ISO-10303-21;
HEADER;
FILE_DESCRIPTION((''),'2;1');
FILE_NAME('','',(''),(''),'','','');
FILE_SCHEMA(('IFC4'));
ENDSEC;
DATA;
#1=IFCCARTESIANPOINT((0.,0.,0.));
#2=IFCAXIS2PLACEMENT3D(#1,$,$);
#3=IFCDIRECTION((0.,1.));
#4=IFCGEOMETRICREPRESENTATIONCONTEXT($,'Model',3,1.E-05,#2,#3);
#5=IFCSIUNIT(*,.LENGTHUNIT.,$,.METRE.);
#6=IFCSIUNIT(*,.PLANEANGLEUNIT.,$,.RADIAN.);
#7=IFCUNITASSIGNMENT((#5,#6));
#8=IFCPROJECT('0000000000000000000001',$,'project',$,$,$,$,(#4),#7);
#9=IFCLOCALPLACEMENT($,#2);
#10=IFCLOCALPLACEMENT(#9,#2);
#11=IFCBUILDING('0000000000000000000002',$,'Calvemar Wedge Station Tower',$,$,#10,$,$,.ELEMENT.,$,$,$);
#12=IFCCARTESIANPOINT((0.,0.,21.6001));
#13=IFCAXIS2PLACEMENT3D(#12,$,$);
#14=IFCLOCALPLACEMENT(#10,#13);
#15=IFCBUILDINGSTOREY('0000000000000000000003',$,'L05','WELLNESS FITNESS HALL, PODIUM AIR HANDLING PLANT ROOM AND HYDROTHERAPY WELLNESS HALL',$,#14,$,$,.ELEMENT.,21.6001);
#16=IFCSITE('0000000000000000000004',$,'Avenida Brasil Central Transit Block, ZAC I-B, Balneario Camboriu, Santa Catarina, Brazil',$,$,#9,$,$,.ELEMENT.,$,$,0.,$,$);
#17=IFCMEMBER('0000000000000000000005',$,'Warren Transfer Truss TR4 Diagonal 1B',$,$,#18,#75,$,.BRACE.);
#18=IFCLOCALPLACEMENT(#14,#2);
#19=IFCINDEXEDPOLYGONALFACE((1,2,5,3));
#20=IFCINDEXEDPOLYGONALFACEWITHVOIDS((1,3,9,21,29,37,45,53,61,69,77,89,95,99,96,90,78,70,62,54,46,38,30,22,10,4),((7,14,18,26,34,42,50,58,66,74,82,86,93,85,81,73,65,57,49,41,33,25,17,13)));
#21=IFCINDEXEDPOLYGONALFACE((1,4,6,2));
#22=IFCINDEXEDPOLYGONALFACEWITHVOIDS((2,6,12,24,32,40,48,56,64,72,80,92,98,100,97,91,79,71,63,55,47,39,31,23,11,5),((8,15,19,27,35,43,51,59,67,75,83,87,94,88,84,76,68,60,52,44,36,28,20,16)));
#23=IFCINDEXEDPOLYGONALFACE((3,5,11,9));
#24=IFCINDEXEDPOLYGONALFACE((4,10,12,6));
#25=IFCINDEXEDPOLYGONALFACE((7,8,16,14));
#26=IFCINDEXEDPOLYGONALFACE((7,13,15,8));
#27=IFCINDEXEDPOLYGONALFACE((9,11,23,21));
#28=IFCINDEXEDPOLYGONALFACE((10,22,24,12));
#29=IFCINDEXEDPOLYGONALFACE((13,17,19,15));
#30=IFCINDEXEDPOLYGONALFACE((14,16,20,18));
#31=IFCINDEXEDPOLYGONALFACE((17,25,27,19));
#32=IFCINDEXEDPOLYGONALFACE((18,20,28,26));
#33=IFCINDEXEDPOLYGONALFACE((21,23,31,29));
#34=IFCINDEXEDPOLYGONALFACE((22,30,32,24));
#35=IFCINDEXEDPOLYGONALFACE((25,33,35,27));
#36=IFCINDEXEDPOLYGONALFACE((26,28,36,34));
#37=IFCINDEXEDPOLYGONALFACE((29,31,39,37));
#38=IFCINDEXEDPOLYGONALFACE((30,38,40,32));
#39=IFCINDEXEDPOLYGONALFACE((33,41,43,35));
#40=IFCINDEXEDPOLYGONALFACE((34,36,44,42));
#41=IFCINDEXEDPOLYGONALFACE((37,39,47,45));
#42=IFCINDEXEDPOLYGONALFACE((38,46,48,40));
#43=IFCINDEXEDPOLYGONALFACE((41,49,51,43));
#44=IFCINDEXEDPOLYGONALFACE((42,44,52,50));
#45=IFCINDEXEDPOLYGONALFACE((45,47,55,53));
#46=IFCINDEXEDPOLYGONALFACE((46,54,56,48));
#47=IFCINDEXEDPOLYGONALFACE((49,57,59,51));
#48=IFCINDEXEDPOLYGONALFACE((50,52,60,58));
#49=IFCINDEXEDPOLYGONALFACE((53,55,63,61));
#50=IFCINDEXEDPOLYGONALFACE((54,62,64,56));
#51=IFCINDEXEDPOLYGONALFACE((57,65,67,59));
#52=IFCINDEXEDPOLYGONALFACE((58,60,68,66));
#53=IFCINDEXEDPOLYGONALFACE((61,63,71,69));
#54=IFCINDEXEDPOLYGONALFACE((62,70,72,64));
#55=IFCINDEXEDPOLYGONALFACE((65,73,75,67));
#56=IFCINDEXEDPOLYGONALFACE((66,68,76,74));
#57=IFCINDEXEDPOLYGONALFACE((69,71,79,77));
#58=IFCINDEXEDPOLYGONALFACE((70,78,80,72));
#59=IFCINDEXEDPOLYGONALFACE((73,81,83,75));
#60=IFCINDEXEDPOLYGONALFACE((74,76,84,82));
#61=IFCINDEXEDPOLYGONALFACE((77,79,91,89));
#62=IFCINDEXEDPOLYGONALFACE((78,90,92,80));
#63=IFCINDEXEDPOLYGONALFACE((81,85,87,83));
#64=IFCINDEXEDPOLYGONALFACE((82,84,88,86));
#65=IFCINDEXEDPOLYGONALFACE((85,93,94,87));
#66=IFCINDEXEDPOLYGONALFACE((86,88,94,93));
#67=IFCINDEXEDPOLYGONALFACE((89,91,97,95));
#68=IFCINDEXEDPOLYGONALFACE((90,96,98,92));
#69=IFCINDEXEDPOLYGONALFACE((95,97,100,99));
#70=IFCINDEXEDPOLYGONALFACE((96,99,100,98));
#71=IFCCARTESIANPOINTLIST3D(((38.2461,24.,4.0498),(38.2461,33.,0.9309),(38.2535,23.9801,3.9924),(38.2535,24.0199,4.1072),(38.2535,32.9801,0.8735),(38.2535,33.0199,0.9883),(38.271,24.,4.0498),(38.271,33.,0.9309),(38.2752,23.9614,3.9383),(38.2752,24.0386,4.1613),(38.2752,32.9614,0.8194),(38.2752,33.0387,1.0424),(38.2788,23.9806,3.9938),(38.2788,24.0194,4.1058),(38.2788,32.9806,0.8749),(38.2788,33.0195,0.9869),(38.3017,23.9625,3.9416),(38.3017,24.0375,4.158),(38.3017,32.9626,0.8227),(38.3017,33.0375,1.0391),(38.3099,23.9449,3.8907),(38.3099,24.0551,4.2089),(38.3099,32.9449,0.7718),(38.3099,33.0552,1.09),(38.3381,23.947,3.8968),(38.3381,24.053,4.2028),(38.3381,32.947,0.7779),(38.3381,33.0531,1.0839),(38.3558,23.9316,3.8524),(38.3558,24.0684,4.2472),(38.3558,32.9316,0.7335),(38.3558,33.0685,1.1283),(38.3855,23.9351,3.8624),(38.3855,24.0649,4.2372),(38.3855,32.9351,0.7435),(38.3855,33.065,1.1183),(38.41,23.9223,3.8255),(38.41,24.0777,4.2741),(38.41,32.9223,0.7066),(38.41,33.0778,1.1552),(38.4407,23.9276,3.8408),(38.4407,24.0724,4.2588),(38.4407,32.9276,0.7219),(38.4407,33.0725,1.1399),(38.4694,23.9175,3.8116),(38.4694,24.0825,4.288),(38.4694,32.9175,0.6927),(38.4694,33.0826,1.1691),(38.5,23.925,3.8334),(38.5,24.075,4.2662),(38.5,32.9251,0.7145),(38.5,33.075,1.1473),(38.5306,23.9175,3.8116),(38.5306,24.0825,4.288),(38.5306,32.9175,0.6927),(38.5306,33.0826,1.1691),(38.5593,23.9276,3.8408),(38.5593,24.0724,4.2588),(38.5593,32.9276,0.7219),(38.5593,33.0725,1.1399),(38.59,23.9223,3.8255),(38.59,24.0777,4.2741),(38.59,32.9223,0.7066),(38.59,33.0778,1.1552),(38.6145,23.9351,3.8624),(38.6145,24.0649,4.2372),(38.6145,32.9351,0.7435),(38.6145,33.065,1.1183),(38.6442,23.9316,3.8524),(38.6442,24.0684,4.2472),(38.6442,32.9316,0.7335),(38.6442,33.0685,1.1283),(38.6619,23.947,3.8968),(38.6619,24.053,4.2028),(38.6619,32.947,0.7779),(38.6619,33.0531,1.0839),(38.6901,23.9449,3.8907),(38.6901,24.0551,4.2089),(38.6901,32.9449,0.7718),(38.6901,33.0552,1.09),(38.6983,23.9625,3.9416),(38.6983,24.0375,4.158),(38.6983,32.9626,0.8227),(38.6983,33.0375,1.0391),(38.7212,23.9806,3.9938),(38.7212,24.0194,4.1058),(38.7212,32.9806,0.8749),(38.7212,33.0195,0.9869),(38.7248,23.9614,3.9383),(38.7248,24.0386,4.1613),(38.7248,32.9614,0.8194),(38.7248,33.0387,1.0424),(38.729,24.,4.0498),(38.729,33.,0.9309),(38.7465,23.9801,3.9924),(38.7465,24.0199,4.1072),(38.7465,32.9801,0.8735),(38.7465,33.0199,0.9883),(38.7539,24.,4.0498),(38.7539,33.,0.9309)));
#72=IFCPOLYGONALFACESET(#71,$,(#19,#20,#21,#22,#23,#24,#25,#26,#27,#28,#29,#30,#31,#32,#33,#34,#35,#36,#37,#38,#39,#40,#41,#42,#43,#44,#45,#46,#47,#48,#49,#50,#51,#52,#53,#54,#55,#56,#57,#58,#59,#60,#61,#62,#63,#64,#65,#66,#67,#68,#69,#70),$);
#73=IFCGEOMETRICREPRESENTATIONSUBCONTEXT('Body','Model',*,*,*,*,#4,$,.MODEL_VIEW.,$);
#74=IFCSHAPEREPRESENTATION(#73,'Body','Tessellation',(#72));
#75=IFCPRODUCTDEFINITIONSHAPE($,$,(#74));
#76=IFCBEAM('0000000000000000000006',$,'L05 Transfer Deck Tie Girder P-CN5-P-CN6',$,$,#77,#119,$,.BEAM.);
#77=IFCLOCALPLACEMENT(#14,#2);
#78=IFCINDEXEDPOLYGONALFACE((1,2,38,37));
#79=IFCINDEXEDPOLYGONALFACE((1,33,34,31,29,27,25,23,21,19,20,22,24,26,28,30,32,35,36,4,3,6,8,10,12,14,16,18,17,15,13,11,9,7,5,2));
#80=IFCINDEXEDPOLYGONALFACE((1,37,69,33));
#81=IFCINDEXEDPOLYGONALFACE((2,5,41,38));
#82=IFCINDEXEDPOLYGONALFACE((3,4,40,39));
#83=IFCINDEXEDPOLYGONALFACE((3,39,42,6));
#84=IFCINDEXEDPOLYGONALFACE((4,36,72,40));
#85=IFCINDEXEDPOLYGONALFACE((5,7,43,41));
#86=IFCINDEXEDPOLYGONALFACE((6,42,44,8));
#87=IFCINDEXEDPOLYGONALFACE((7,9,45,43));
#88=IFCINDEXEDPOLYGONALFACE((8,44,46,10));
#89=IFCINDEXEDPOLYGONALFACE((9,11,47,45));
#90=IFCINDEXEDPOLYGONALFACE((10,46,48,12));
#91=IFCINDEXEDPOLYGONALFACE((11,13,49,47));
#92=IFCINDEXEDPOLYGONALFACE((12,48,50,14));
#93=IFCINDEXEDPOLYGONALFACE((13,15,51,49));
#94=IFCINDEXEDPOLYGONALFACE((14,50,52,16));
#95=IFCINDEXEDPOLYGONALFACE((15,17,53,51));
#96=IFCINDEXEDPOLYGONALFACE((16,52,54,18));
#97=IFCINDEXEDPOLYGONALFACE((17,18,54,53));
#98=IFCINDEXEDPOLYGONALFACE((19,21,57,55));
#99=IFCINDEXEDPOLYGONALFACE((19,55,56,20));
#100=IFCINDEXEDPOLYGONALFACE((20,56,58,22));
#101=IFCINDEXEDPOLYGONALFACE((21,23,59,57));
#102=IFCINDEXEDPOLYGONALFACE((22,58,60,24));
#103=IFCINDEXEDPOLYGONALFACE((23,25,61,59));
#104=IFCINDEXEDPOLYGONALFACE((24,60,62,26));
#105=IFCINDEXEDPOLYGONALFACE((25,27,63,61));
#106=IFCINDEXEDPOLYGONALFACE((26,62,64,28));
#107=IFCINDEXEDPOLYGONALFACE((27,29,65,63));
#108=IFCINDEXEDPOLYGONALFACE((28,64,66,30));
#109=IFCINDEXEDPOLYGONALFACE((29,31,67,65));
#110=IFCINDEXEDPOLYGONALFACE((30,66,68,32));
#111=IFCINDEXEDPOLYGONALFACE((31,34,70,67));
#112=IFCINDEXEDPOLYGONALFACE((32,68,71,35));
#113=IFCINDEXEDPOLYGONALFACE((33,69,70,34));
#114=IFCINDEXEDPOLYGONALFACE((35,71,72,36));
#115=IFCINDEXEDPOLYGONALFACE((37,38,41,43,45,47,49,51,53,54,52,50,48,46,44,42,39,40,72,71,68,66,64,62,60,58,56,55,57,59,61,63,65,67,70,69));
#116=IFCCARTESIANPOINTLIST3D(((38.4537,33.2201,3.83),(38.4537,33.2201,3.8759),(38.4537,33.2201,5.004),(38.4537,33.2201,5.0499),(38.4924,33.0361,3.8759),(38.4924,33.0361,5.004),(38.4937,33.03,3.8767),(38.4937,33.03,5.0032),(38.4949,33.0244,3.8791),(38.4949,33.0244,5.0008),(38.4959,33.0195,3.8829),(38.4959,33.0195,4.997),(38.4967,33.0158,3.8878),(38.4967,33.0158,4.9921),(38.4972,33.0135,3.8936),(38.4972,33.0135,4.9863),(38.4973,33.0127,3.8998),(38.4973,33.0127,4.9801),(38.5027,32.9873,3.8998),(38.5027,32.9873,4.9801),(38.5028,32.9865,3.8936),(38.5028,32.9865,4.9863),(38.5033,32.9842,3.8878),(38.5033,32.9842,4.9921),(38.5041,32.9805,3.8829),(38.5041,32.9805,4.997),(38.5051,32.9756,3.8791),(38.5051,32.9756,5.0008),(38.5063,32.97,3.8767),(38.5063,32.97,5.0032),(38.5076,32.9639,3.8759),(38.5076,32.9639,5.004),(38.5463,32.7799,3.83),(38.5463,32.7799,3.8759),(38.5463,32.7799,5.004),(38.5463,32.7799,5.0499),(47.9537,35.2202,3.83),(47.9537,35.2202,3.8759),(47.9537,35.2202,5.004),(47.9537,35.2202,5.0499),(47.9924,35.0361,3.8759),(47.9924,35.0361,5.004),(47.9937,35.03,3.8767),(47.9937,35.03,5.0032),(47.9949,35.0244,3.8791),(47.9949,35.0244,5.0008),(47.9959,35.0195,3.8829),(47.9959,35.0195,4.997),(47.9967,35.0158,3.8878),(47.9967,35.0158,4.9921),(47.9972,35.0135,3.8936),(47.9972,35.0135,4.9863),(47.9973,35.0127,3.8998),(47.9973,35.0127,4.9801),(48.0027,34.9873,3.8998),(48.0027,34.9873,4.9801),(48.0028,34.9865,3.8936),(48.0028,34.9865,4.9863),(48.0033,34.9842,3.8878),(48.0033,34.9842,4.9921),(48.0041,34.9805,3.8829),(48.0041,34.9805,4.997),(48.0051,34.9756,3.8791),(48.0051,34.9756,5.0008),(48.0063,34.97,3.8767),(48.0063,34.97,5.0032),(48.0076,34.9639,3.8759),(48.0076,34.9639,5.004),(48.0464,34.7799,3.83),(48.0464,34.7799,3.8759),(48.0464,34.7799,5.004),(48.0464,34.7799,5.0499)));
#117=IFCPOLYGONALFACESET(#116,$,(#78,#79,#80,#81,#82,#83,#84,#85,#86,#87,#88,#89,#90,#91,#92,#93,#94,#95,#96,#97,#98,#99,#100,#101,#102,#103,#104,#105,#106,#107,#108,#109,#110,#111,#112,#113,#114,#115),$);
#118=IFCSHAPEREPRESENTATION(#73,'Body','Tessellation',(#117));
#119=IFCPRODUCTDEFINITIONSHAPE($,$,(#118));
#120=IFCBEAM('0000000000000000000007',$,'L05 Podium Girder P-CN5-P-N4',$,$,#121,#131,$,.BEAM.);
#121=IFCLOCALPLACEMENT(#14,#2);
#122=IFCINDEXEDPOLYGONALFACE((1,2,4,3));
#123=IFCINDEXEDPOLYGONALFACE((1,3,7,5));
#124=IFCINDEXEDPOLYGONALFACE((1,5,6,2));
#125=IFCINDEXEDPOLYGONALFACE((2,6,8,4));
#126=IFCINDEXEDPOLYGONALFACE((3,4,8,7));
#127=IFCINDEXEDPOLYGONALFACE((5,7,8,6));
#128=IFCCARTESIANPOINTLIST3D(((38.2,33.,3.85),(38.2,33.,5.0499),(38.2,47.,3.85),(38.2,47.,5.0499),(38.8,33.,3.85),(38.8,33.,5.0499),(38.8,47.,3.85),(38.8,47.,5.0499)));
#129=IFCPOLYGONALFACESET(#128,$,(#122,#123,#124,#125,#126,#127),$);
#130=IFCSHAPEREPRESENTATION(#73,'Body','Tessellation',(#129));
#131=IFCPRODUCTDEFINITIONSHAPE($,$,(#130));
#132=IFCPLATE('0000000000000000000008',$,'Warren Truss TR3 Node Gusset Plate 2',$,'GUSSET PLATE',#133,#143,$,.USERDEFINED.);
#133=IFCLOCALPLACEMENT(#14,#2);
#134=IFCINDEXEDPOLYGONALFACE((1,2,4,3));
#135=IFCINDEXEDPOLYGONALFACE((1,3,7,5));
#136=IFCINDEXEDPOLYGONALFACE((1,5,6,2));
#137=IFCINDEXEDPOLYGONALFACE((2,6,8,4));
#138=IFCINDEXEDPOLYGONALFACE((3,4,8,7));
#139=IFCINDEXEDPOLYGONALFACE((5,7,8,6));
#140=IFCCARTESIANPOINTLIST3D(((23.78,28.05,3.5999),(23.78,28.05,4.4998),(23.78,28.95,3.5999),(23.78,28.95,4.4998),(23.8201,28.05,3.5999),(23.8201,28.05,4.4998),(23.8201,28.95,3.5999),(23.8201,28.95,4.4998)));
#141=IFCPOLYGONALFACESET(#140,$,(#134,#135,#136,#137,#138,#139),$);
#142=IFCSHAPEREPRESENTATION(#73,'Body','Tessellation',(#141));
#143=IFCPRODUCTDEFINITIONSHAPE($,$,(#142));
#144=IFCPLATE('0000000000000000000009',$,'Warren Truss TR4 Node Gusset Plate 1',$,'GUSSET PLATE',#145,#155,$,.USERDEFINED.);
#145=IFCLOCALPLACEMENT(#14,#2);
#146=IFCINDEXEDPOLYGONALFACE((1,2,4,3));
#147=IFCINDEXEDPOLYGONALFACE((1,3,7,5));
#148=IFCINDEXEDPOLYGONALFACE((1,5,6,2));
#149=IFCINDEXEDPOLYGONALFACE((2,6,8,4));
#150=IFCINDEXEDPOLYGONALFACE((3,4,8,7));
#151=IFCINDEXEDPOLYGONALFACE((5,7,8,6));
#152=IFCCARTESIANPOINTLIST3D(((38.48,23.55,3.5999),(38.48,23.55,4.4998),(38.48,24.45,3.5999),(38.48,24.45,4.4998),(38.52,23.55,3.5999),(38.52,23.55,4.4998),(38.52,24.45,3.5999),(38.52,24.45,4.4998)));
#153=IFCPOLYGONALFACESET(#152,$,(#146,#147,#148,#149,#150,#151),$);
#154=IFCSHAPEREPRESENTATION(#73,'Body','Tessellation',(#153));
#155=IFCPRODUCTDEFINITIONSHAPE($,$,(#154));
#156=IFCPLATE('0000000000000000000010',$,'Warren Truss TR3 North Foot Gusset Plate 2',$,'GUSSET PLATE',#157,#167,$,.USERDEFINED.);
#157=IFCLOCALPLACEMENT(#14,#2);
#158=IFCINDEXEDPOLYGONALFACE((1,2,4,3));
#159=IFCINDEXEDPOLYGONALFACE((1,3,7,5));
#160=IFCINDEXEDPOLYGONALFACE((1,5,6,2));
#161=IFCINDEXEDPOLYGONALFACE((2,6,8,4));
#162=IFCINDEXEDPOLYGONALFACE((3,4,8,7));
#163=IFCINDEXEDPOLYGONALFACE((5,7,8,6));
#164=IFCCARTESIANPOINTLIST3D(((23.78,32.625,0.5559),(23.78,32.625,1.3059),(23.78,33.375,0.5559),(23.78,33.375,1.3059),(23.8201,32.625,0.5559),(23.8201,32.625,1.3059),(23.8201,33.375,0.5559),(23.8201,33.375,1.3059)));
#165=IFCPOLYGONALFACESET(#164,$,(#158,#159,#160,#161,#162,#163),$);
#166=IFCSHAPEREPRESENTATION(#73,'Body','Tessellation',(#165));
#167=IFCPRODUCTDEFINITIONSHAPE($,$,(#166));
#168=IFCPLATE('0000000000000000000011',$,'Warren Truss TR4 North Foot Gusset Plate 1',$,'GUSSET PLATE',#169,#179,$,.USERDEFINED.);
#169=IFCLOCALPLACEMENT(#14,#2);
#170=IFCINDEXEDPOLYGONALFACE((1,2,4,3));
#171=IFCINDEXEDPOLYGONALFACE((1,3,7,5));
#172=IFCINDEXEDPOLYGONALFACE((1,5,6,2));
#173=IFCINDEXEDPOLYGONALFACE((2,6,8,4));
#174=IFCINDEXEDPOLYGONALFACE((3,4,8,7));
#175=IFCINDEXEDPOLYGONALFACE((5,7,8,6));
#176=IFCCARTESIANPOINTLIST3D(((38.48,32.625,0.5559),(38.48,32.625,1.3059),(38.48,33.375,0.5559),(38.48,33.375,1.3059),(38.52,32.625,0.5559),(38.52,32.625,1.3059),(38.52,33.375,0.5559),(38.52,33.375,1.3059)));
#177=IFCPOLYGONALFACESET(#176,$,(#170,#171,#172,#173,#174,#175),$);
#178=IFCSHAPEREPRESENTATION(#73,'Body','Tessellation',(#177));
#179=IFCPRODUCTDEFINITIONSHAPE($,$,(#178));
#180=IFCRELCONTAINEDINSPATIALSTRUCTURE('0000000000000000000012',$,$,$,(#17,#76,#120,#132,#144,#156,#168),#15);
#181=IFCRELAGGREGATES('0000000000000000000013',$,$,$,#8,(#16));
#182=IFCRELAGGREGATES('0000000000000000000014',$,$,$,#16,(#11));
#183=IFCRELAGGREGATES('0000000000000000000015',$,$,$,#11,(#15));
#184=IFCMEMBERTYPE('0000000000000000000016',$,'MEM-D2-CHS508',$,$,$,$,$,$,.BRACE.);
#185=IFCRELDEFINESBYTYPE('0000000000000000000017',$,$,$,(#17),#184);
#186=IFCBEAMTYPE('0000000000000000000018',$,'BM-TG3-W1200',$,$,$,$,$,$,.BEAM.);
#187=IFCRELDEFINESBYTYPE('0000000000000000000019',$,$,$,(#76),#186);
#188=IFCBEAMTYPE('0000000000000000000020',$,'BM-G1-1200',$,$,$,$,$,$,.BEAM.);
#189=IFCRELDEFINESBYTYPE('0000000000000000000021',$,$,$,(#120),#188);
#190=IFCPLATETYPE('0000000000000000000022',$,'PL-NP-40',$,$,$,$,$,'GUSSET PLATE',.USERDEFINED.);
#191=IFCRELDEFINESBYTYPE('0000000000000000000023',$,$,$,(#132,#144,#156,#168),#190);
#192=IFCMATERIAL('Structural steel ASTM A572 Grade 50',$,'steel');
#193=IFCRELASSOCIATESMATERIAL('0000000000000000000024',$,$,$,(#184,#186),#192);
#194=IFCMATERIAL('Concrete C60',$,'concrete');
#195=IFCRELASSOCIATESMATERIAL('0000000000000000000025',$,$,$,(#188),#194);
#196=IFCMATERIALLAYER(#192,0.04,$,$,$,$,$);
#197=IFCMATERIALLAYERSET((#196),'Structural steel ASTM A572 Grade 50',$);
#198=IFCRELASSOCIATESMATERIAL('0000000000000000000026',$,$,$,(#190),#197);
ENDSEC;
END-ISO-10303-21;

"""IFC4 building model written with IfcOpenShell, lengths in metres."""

from ifc_helpers import new_model, si_unit, direction, frame, origin, origin_2d, place, context, subcontext, project, spatial, rectangle, hollow_circle, i_section, extrude, source, transform, mapped, material, layer, layer_set, material_profile, profile_set, type_object, element, save


model = new_model("IFC4")

# Units and contexts
model_context = context("Model", 3, precision=1e-05, world=origin(), true_north=direction((0.0, 1.0)))
body_context = subcontext(model_context, "Body", "Model", "MODEL_VIEW")
ifc_project = project(units=[si_unit("LENGTHUNIT", "METRE"), si_unit("PLANEANGLEUNIT", "RADIAN")], contexts=[model_context])

# Site, building, storey
site_placement = place(None, origin())
site = spatial("IfcSite", under=ifc_project, at=site_placement, Name="Avenida Brasil Central Transit Block, ZAC I-B, Balneario Camboriu, Santa Catarina, Brazil", CompositionType="ELEMENT", RefElevation=0.0)
building_placement = place(site_placement, origin())
building = spatial("IfcBuilding", under=site, at=building_placement, Name="Calvemar Wedge Station Tower", CompositionType="ELEMENT")
storey_placement = place(building_placement, frame((0.0, 0.0, 21.6001)))
storey = spatial("IfcBuildingStorey", under=building, at=storey_placement, Name="L05", Description="WELLNESS FITNESS HALL, PODIUM AIR HANDLING PLANT ROOM AND HYDROTHERAPY WELLNESS HALL", CompositionType="ELEMENT", Elevation=21.6001)

# Member
ifc_material_1 = material(Name="Structural steel ASTM A572 Grade 50", Category="steel")
ifc_material_profile_1 = material_profile(ifc_material_1, hollow_circle(Radius=0.2539, WallThickness=0.0249, at=origin_2d()), Name="CHS508x25")
ifc_profile_set_1 = profile_set([ifc_material_profile_1], Name="Structural steel ASTM A572 Grade 50")
member_type_1 = type_object("IfcMemberType", Name="MEM-D2-CHS508", PredefinedType="BRACE", material=ifc_profile_set_1)
shared_shape_1 = source(origin(), body_context, "Body", "SweptSolid", [
    extrude(hollow_circle(Radius=0.2539, WallThickness=0.0249, at=origin_2d()), origin(), (0.0, 0.0, 1.0), 9.5251),
])
member_1_placement = place(storey_placement, frame((38.5, 24.0, 4.0498), z_axis=(0.0, 0.944872, -0.32744), x_axis=(-1.0, 0.0, 0.0)))
element("IfcMember", 1, at=member_1_placement, inside=storey, type_object=member_type_1, Name="Warren Transfer Truss TR4 Diagonal 1B", PredefinedType="BRACE", context=body_context, shape_type="MappedRepresentation", body=[
    mapped(shared_shape_1, transform((0.0, 0.0, 0.0), scale=1.0)),
])

# Beams
ifc_material_profile_2 = material_profile(ifc_material_1, i_section(OverallWidth=0.45, OverallDepth=1.22, WebThickness=0.0259, FlangeThickness=0.0459, FilletRadius=0.0239, at=origin_2d()), Name="W1200x540")
ifc_profile_set_2 = profile_set([ifc_material_profile_2], Name="Structural steel ASTM A572 Grade 50")
beam_type_1 = type_object("IfcBeamType", Name="BM-TG3-W1200", PredefinedType="BEAM", material=ifc_profile_set_2)
shared_shape_2 = source(origin(), body_context, "Body", "SweptSolid", [
    extrude(i_section(OverallWidth=0.45, OverallDepth=1.22, WebThickness=0.0259, FlangeThickness=0.0459, FilletRadius=0.0239, at=origin_2d()), origin(), (0.0, 0.0, 1.0), 9.7083),
])
beam_1_placement = place(storey_placement, frame((38.5, 33.0, 4.4399), z_axis=(0.97855, 0.20601, 0.0), x_axis=(-0.20601, 0.97855, 0.0)))
element("IfcBeam", 2, at=beam_1_placement, inside=storey, type_object=beam_type_1, Name="L05 Transfer Deck Tie Girder P-CN5-P-CN6", PredefinedType="BEAM", context=body_context, shape_type="MappedRepresentation", body=[
    mapped(shared_shape_2, transform((0.0, 0.0, 0.0), scale=1.0)),
])
ifc_material_2 = material(Name="Concrete C60", Category="concrete")
ifc_material_profile_3 = material_profile(ifc_material_2, rectangle(XDim=0.6001, YDim=1.2, at=origin_2d()), Name="RC600x1200")
ifc_profile_set_3 = profile_set([ifc_material_profile_3], Name="Concrete C60")
beam_type_2 = type_object("IfcBeamType", Name="BM-G1-1200", PredefinedType="BEAM", material=ifc_profile_set_3)
shared_shape_3 = source(origin(), body_context, "Body", "SweptSolid", [
    extrude(rectangle(XDim=0.6001, YDim=1.2, at=origin_2d()), origin(), (0.0, 0.0, 1.0), 14.0),
])
beam_2_placement = place(storey_placement, frame((38.5, 33.0, 4.45), z_axis=(0.0, 1.0, 0.0), x_axis=(-1.0, 0.0, 0.0)))
element("IfcBeam", 3, at=beam_2_placement, inside=storey, type_object=beam_type_2, Name="L05 Podium Girder P-CN5-P-N4", PredefinedType="BEAM", context=body_context, shape_type="MappedRepresentation", body=[
    mapped(shared_shape_3, transform((0.0, 0.0, 0.0), scale=1.0)),
])

# Plates
ifc_layer_1 = layer(ifc_material_1, 0.04)
ifc_layer_set_1 = layer_set([ifc_layer_1], Name="Structural steel ASTM A572 Grade 50")
plate_type_1 = type_object("IfcPlateType", Name="PL-NP-40", ElementType="GUSSET PLATE", PredefinedType="USERDEFINED", material=ifc_layer_set_1)
shared_shape_4 = source(origin(), body_context, "Body", "SweptSolid", [
    extrude(rectangle(XDim=0.8999, YDim=0.04, at=origin_2d()), origin(), (0.0, 0.0, 1.0), 0.8999),
])
for number, where, z_axis, x_axis, name in (
    (4, (23.8, 28.5, 3.5999), (0.0, 0.0, 1.0), (0.0, 1.0, 0.0), "Warren Truss TR3 Node Gusset Plate 2"),
    (5, (38.5, 24.0, 3.5999), (0.0, 0.0, 1.0), (0.0, 1.0, 0.0), "Warren Truss TR4 Node Gusset Plate 1"),
):
    element("IfcPlate", number, at=place(storey_placement, frame(where, z_axis=z_axis, x_axis=x_axis)), inside=storey, type_object=plate_type_1, Name=name, ObjectType="GUSSET PLATE", PredefinedType="USERDEFINED", context=body_context, shape_type="MappedRepresentation", body=[
        mapped(shared_shape_4, transform((0.0, 0.0, 0.0), scale=1.0)),
    ])
shared_shape_5 = source(origin(), body_context, "Body", "SweptSolid", [
    extrude(rectangle(XDim=0.75, YDim=0.04, at=origin_2d()), origin(), (0.0, 0.0, 1.0), 0.75),
])
for number, where, z_axis, x_axis, name in (
    (6, (23.8, 33.0, 0.5559), (0.0, 0.0, 1.0), (0.0, 1.0, 0.0), "Warren Truss TR3 North Foot Gusset Plate 2"),
    (7, (38.5, 33.0, 0.5559), (0.0, 0.0, 1.0), (0.0, 1.0, 0.0), "Warren Truss TR4 North Foot Gusset Plate 1"),
):
    element("IfcPlate", number, at=place(storey_placement, frame(where, z_axis=z_axis, x_axis=x_axis)), inside=storey, type_object=plate_type_1, Name=name, ObjectType="GUSSET PLATE", PredefinedType="USERDEFINED", context=body_context, shape_type="MappedRepresentation", body=[
        mapped(shared_shape_5, transform((0.0, 0.0, 0.0), scale=1.0)),
    ])

save(model, "model.ifc")
